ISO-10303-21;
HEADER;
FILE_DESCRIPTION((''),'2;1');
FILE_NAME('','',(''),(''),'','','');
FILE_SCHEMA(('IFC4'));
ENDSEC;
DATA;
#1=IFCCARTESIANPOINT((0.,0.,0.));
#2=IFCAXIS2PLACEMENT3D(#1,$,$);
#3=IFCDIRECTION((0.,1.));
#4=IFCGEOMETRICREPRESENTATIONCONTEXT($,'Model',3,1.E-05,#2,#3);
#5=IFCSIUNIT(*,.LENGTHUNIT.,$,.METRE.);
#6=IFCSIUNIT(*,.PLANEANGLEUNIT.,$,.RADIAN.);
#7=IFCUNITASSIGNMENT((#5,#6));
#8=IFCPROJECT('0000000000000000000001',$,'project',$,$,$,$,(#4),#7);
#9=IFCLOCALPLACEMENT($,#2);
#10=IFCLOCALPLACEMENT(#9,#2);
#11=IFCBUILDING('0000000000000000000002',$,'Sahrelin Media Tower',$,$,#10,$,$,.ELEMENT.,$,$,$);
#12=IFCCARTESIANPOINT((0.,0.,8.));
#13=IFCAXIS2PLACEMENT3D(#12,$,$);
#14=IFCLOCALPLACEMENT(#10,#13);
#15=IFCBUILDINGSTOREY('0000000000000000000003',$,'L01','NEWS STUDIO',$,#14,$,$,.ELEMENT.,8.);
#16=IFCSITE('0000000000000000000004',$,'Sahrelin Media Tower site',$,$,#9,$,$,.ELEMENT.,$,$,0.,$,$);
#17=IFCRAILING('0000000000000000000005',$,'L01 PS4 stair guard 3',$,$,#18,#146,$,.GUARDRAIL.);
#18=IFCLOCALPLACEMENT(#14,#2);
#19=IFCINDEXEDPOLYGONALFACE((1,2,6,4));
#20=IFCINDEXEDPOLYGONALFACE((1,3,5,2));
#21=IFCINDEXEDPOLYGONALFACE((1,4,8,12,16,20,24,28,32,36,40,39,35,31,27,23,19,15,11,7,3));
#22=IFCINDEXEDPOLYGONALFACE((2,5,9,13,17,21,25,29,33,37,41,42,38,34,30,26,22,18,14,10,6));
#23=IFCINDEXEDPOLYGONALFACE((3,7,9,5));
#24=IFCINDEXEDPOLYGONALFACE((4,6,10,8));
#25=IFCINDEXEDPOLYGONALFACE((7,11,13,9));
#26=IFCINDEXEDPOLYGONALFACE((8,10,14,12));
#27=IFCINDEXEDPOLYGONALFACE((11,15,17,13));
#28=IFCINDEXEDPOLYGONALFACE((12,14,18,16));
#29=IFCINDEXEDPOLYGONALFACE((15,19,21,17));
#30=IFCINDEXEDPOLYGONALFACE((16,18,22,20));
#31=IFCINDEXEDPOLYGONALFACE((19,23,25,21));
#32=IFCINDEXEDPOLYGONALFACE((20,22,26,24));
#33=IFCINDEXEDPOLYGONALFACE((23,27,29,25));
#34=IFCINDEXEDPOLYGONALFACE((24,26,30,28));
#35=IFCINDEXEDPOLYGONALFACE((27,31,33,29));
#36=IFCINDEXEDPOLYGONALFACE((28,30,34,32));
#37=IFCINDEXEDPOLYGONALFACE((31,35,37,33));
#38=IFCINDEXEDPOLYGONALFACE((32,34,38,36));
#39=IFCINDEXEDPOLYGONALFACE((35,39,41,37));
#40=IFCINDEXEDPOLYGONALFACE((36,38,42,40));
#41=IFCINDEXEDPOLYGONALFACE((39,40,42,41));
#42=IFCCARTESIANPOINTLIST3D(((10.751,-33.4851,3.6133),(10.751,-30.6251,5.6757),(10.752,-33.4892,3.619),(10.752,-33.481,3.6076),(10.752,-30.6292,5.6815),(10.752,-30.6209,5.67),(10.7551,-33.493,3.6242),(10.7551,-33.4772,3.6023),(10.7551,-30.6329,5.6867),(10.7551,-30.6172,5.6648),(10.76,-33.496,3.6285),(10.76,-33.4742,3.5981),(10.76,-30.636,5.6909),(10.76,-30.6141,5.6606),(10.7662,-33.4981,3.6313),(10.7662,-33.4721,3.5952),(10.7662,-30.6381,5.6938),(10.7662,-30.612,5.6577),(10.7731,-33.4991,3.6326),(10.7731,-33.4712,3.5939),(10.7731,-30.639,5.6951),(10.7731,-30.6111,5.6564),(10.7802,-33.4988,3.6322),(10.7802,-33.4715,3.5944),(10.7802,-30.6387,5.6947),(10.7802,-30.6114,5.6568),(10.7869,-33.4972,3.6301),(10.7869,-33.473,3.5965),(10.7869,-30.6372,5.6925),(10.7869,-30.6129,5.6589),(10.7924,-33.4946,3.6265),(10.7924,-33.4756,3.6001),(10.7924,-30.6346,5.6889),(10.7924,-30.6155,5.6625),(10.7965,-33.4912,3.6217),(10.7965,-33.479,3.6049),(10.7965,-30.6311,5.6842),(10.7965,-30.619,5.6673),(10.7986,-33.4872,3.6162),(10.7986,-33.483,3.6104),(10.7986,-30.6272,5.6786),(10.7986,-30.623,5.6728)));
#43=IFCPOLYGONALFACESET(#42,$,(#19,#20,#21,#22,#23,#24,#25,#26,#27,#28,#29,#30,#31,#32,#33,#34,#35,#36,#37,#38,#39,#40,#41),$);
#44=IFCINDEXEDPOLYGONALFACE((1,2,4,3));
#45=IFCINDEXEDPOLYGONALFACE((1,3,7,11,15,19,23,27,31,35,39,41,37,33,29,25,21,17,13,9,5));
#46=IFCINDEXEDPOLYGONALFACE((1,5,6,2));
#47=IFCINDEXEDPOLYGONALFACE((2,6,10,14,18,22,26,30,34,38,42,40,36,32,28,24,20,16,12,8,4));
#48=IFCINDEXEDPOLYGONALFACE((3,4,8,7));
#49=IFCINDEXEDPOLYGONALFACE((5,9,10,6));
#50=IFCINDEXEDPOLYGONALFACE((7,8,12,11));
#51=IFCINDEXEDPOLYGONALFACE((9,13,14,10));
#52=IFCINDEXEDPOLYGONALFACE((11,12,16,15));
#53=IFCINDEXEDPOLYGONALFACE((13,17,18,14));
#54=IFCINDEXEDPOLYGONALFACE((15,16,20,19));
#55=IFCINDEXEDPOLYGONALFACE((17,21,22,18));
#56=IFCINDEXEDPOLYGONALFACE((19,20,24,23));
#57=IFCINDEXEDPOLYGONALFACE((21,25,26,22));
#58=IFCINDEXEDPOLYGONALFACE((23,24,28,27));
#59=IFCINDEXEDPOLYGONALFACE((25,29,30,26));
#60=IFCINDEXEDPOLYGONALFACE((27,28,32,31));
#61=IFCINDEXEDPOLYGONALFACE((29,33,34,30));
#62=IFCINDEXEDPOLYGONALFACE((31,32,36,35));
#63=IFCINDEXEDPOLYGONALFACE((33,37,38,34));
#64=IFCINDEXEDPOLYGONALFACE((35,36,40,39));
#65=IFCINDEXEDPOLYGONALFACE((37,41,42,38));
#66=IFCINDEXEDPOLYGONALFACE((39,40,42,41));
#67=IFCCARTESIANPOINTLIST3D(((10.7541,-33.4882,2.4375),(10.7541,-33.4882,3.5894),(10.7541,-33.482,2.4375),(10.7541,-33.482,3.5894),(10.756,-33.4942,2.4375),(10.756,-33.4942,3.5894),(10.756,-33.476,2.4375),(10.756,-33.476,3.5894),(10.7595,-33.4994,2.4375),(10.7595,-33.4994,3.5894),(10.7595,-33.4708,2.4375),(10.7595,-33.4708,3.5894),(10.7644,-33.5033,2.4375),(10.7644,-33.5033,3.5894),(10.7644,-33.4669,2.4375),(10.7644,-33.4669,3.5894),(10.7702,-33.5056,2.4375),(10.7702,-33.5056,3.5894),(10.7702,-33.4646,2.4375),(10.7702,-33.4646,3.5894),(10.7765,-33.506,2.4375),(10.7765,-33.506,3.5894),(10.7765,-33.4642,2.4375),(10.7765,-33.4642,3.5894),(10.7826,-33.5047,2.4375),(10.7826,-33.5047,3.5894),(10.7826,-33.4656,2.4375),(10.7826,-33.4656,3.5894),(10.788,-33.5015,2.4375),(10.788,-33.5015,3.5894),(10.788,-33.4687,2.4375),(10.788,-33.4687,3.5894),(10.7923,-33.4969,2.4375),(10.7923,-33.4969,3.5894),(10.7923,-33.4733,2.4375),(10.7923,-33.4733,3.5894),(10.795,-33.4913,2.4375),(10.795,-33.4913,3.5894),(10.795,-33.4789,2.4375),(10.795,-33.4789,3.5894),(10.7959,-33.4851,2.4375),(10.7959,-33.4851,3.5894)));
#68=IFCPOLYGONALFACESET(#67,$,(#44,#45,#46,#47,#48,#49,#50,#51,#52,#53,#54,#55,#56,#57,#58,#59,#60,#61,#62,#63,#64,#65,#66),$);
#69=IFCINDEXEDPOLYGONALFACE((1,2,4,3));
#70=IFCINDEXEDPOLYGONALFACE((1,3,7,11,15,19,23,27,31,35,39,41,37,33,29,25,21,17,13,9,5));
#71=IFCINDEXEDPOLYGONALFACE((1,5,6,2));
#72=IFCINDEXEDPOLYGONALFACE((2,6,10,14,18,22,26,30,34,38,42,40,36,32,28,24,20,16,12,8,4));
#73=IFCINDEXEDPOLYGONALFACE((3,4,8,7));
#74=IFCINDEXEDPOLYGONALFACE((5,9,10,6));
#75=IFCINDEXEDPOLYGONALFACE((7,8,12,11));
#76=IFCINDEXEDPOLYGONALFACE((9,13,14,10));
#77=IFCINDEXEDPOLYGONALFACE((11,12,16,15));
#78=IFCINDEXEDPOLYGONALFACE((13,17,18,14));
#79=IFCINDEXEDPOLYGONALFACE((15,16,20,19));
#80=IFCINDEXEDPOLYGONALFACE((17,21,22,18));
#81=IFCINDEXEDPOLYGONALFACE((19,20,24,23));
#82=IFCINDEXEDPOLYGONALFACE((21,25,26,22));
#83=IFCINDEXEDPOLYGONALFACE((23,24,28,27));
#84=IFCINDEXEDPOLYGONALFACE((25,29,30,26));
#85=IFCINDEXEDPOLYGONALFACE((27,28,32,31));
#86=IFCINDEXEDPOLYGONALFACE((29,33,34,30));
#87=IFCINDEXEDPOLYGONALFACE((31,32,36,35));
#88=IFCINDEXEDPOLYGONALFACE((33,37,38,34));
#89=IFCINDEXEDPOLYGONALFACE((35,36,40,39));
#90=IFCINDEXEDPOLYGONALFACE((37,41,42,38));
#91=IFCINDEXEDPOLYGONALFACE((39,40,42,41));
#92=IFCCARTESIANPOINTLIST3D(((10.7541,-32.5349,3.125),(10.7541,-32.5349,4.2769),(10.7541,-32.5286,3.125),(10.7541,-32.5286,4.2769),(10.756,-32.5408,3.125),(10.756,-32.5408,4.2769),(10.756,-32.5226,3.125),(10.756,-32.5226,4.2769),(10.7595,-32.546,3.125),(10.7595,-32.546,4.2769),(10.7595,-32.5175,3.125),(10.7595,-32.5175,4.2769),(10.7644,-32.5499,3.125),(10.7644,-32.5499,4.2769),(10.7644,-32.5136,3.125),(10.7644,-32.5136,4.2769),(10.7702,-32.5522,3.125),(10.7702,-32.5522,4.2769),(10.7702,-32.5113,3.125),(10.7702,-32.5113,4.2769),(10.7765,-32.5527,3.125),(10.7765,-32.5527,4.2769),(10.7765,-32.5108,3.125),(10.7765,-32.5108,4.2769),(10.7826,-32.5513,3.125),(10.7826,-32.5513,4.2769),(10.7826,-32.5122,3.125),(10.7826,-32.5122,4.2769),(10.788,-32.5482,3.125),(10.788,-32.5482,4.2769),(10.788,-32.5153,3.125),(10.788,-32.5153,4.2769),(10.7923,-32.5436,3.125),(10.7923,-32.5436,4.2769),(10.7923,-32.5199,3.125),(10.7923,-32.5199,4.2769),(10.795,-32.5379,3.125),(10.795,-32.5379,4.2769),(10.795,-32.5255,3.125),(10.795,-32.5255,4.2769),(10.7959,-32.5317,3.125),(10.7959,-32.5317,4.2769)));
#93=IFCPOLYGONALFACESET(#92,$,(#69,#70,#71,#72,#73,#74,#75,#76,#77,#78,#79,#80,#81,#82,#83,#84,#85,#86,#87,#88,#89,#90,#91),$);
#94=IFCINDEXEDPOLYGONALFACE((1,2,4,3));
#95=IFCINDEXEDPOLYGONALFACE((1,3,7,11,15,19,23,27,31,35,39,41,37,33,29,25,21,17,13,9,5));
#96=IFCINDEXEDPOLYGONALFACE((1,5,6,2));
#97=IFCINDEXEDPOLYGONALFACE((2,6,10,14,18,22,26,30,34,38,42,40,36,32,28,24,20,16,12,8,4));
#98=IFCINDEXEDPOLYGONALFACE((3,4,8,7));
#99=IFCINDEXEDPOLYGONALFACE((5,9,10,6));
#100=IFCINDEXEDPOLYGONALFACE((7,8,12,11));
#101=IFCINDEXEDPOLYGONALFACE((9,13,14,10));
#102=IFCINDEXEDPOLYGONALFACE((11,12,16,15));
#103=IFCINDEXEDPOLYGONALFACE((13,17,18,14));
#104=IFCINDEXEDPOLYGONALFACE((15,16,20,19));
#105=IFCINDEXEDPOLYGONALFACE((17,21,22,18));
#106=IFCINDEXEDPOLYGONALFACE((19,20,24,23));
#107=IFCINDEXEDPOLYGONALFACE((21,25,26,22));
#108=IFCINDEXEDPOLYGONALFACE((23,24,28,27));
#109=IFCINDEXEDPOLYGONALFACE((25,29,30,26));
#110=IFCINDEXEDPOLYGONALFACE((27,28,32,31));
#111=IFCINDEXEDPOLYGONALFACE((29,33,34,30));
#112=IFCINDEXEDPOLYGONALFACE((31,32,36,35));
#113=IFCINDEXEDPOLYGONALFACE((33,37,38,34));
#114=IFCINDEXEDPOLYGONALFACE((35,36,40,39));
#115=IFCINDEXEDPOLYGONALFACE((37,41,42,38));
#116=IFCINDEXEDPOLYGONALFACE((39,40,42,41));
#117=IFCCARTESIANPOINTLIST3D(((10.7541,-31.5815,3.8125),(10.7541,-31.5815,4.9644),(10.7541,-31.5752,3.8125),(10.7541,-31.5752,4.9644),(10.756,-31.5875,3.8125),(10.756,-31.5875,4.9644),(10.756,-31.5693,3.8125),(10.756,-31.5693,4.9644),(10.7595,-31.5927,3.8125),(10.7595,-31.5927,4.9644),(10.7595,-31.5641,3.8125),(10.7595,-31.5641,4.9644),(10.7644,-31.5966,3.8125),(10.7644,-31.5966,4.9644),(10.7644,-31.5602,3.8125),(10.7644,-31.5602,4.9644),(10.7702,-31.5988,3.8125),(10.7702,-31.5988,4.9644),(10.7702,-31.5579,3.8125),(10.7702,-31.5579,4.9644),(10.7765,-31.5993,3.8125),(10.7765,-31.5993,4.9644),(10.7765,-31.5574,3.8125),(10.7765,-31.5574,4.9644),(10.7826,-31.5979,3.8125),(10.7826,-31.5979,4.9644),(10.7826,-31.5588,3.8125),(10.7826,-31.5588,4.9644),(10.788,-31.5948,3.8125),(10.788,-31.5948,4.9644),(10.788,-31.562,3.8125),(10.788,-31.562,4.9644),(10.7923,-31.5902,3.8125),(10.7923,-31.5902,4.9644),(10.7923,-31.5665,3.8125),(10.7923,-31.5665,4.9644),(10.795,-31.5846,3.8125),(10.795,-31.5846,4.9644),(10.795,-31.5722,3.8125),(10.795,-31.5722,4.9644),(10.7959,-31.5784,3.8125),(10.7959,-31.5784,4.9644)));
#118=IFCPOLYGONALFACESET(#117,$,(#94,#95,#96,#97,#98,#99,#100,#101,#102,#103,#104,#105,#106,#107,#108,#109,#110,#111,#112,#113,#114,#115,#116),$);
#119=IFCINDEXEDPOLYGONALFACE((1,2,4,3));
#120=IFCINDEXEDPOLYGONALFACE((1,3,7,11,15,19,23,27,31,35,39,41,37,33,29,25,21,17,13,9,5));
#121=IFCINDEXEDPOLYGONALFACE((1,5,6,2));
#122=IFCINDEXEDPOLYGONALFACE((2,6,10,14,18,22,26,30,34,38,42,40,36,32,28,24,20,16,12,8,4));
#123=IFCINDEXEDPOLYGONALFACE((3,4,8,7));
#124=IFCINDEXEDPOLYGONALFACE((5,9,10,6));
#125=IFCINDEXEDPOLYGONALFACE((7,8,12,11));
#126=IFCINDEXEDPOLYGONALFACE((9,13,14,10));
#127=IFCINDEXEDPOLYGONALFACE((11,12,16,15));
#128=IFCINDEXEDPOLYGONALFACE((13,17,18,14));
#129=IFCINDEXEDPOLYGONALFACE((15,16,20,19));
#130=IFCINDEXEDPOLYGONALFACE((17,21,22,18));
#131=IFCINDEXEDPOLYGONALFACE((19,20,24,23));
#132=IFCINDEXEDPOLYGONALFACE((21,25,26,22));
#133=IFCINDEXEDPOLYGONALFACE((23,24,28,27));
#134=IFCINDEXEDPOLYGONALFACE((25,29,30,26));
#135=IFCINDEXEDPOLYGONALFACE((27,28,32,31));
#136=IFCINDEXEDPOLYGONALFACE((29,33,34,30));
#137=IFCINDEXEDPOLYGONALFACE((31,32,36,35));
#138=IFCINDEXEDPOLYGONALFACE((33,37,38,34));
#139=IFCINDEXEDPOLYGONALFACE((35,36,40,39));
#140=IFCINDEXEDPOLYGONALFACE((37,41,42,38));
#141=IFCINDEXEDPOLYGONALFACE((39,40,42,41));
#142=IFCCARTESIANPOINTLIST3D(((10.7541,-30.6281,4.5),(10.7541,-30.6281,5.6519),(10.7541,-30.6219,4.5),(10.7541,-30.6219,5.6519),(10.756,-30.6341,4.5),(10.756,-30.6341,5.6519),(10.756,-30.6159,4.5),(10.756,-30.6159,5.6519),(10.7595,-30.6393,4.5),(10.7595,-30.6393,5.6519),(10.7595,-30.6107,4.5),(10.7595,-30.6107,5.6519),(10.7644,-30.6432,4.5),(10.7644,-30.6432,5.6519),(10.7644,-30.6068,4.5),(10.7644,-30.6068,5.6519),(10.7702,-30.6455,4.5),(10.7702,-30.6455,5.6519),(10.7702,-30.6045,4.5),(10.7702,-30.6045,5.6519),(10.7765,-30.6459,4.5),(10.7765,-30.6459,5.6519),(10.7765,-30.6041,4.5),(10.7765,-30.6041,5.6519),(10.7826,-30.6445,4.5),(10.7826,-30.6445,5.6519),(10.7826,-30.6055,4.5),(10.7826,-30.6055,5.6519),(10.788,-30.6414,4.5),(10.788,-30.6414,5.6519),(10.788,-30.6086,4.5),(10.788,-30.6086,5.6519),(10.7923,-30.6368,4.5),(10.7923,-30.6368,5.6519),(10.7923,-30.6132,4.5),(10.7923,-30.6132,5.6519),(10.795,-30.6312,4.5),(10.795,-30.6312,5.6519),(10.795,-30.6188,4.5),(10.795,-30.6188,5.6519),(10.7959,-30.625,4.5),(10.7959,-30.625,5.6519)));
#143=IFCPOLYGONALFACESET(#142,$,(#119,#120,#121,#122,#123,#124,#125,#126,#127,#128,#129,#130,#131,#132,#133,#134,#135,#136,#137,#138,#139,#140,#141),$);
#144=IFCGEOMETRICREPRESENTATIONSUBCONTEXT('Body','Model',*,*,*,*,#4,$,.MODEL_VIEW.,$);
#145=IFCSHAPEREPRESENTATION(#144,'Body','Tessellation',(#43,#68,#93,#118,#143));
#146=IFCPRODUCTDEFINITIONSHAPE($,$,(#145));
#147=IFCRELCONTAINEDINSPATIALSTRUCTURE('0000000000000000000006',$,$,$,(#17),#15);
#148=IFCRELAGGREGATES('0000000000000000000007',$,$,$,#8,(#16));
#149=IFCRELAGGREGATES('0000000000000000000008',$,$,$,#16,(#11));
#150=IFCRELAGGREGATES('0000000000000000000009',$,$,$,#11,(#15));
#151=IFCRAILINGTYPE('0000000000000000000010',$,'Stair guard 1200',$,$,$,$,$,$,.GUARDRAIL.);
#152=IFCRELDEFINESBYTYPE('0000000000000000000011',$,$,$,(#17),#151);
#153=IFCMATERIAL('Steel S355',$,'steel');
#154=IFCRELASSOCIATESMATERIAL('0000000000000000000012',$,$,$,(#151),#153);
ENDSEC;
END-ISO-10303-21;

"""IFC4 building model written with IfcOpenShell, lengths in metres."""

from ifc_helpers import new_model, si_unit, direction, frame, origin, origin_2d, place, context, subcontext, project, spatial, circle, extrude, material, type_object, element, save


model = new_model("IFC4")

# Units and contexts
model_context = context("Model", 3, precision=1e-05, world=origin(), true_north=direction((0.0, 1.0)))
body_context = subcontext(model_context, "Body", "Model", "MODEL_VIEW")
ifc_project = project(units=[si_unit("LENGTHUNIT", "METRE"), si_unit("PLANEANGLEUNIT", "RADIAN")], contexts=[model_context])

# Site, building, storey
site_placement = place(None, origin())
site = spatial("IfcSite", under=ifc_project, at=site_placement, Name="Sahrelin Media Tower site", CompositionType="ELEMENT", RefElevation=0.0)
building_placement = place(site_placement, origin())
building = spatial("IfcBuilding", under=site, at=building_placement, Name="Sahrelin Media Tower", CompositionType="ELEMENT")
storey_placement = place(building_placement, frame((0.0, 0.0, 8.0)))
storey = spatial("IfcBuildingStorey", under=building, at=storey_placement, Name="L01", Description="NEWS STUDIO", CompositionType="ELEMENT", Elevation=8.0)

# Shared definitions
ifc_material_1 = material(Name="Steel S355", Category="steel")

# Railing
railing_type_1 = type_object("IfcRailingType", Name="Stair guard 1200", PredefinedType="GUARDRAIL", material=ifc_material_1)
railing_1_placement = place(storey_placement, frame((10.7749, -33.4851, 2.4375)))
element("IfcRailing", 1, at=railing_1_placement, inside=storey, type_object=railing_type_1, Name="L01 PS4 stair guard 3", PredefinedType="GUARDRAIL", context=body_context, shape_type="SweptSolid", body=[
    extrude(circle(Radius=0.0239, at=origin_2d()), frame((0.0, 0.0, 1.1758), z_axis=(0.0, 0.811101, 0.584906), x_axis=(-1.0, 0.0, 0.0)), (0.0, 0.0, 1.0), 3.5261),
    extrude(circle(Radius=0.021, at=origin_2d()), origin(), (0.0, 0.0, 1.0), 1.1519),
    extrude(circle(Radius=0.021, at=origin_2d()), frame((0.0, 0.9534, 0.6875)), (0.0, 0.0, 1.0), 1.1519),
    extrude(circle(Radius=0.021, at=origin_2d()), frame((0.0, 1.9067, 1.375)), (0.0, 0.0, 1.0), 1.1519),
    extrude(circle(Radius=0.021, at=origin_2d()), frame((0.0, 2.8601, 2.0625)), (0.0, 0.0, 1.0), 1.1519),
])

save(model, "model.ifc")
